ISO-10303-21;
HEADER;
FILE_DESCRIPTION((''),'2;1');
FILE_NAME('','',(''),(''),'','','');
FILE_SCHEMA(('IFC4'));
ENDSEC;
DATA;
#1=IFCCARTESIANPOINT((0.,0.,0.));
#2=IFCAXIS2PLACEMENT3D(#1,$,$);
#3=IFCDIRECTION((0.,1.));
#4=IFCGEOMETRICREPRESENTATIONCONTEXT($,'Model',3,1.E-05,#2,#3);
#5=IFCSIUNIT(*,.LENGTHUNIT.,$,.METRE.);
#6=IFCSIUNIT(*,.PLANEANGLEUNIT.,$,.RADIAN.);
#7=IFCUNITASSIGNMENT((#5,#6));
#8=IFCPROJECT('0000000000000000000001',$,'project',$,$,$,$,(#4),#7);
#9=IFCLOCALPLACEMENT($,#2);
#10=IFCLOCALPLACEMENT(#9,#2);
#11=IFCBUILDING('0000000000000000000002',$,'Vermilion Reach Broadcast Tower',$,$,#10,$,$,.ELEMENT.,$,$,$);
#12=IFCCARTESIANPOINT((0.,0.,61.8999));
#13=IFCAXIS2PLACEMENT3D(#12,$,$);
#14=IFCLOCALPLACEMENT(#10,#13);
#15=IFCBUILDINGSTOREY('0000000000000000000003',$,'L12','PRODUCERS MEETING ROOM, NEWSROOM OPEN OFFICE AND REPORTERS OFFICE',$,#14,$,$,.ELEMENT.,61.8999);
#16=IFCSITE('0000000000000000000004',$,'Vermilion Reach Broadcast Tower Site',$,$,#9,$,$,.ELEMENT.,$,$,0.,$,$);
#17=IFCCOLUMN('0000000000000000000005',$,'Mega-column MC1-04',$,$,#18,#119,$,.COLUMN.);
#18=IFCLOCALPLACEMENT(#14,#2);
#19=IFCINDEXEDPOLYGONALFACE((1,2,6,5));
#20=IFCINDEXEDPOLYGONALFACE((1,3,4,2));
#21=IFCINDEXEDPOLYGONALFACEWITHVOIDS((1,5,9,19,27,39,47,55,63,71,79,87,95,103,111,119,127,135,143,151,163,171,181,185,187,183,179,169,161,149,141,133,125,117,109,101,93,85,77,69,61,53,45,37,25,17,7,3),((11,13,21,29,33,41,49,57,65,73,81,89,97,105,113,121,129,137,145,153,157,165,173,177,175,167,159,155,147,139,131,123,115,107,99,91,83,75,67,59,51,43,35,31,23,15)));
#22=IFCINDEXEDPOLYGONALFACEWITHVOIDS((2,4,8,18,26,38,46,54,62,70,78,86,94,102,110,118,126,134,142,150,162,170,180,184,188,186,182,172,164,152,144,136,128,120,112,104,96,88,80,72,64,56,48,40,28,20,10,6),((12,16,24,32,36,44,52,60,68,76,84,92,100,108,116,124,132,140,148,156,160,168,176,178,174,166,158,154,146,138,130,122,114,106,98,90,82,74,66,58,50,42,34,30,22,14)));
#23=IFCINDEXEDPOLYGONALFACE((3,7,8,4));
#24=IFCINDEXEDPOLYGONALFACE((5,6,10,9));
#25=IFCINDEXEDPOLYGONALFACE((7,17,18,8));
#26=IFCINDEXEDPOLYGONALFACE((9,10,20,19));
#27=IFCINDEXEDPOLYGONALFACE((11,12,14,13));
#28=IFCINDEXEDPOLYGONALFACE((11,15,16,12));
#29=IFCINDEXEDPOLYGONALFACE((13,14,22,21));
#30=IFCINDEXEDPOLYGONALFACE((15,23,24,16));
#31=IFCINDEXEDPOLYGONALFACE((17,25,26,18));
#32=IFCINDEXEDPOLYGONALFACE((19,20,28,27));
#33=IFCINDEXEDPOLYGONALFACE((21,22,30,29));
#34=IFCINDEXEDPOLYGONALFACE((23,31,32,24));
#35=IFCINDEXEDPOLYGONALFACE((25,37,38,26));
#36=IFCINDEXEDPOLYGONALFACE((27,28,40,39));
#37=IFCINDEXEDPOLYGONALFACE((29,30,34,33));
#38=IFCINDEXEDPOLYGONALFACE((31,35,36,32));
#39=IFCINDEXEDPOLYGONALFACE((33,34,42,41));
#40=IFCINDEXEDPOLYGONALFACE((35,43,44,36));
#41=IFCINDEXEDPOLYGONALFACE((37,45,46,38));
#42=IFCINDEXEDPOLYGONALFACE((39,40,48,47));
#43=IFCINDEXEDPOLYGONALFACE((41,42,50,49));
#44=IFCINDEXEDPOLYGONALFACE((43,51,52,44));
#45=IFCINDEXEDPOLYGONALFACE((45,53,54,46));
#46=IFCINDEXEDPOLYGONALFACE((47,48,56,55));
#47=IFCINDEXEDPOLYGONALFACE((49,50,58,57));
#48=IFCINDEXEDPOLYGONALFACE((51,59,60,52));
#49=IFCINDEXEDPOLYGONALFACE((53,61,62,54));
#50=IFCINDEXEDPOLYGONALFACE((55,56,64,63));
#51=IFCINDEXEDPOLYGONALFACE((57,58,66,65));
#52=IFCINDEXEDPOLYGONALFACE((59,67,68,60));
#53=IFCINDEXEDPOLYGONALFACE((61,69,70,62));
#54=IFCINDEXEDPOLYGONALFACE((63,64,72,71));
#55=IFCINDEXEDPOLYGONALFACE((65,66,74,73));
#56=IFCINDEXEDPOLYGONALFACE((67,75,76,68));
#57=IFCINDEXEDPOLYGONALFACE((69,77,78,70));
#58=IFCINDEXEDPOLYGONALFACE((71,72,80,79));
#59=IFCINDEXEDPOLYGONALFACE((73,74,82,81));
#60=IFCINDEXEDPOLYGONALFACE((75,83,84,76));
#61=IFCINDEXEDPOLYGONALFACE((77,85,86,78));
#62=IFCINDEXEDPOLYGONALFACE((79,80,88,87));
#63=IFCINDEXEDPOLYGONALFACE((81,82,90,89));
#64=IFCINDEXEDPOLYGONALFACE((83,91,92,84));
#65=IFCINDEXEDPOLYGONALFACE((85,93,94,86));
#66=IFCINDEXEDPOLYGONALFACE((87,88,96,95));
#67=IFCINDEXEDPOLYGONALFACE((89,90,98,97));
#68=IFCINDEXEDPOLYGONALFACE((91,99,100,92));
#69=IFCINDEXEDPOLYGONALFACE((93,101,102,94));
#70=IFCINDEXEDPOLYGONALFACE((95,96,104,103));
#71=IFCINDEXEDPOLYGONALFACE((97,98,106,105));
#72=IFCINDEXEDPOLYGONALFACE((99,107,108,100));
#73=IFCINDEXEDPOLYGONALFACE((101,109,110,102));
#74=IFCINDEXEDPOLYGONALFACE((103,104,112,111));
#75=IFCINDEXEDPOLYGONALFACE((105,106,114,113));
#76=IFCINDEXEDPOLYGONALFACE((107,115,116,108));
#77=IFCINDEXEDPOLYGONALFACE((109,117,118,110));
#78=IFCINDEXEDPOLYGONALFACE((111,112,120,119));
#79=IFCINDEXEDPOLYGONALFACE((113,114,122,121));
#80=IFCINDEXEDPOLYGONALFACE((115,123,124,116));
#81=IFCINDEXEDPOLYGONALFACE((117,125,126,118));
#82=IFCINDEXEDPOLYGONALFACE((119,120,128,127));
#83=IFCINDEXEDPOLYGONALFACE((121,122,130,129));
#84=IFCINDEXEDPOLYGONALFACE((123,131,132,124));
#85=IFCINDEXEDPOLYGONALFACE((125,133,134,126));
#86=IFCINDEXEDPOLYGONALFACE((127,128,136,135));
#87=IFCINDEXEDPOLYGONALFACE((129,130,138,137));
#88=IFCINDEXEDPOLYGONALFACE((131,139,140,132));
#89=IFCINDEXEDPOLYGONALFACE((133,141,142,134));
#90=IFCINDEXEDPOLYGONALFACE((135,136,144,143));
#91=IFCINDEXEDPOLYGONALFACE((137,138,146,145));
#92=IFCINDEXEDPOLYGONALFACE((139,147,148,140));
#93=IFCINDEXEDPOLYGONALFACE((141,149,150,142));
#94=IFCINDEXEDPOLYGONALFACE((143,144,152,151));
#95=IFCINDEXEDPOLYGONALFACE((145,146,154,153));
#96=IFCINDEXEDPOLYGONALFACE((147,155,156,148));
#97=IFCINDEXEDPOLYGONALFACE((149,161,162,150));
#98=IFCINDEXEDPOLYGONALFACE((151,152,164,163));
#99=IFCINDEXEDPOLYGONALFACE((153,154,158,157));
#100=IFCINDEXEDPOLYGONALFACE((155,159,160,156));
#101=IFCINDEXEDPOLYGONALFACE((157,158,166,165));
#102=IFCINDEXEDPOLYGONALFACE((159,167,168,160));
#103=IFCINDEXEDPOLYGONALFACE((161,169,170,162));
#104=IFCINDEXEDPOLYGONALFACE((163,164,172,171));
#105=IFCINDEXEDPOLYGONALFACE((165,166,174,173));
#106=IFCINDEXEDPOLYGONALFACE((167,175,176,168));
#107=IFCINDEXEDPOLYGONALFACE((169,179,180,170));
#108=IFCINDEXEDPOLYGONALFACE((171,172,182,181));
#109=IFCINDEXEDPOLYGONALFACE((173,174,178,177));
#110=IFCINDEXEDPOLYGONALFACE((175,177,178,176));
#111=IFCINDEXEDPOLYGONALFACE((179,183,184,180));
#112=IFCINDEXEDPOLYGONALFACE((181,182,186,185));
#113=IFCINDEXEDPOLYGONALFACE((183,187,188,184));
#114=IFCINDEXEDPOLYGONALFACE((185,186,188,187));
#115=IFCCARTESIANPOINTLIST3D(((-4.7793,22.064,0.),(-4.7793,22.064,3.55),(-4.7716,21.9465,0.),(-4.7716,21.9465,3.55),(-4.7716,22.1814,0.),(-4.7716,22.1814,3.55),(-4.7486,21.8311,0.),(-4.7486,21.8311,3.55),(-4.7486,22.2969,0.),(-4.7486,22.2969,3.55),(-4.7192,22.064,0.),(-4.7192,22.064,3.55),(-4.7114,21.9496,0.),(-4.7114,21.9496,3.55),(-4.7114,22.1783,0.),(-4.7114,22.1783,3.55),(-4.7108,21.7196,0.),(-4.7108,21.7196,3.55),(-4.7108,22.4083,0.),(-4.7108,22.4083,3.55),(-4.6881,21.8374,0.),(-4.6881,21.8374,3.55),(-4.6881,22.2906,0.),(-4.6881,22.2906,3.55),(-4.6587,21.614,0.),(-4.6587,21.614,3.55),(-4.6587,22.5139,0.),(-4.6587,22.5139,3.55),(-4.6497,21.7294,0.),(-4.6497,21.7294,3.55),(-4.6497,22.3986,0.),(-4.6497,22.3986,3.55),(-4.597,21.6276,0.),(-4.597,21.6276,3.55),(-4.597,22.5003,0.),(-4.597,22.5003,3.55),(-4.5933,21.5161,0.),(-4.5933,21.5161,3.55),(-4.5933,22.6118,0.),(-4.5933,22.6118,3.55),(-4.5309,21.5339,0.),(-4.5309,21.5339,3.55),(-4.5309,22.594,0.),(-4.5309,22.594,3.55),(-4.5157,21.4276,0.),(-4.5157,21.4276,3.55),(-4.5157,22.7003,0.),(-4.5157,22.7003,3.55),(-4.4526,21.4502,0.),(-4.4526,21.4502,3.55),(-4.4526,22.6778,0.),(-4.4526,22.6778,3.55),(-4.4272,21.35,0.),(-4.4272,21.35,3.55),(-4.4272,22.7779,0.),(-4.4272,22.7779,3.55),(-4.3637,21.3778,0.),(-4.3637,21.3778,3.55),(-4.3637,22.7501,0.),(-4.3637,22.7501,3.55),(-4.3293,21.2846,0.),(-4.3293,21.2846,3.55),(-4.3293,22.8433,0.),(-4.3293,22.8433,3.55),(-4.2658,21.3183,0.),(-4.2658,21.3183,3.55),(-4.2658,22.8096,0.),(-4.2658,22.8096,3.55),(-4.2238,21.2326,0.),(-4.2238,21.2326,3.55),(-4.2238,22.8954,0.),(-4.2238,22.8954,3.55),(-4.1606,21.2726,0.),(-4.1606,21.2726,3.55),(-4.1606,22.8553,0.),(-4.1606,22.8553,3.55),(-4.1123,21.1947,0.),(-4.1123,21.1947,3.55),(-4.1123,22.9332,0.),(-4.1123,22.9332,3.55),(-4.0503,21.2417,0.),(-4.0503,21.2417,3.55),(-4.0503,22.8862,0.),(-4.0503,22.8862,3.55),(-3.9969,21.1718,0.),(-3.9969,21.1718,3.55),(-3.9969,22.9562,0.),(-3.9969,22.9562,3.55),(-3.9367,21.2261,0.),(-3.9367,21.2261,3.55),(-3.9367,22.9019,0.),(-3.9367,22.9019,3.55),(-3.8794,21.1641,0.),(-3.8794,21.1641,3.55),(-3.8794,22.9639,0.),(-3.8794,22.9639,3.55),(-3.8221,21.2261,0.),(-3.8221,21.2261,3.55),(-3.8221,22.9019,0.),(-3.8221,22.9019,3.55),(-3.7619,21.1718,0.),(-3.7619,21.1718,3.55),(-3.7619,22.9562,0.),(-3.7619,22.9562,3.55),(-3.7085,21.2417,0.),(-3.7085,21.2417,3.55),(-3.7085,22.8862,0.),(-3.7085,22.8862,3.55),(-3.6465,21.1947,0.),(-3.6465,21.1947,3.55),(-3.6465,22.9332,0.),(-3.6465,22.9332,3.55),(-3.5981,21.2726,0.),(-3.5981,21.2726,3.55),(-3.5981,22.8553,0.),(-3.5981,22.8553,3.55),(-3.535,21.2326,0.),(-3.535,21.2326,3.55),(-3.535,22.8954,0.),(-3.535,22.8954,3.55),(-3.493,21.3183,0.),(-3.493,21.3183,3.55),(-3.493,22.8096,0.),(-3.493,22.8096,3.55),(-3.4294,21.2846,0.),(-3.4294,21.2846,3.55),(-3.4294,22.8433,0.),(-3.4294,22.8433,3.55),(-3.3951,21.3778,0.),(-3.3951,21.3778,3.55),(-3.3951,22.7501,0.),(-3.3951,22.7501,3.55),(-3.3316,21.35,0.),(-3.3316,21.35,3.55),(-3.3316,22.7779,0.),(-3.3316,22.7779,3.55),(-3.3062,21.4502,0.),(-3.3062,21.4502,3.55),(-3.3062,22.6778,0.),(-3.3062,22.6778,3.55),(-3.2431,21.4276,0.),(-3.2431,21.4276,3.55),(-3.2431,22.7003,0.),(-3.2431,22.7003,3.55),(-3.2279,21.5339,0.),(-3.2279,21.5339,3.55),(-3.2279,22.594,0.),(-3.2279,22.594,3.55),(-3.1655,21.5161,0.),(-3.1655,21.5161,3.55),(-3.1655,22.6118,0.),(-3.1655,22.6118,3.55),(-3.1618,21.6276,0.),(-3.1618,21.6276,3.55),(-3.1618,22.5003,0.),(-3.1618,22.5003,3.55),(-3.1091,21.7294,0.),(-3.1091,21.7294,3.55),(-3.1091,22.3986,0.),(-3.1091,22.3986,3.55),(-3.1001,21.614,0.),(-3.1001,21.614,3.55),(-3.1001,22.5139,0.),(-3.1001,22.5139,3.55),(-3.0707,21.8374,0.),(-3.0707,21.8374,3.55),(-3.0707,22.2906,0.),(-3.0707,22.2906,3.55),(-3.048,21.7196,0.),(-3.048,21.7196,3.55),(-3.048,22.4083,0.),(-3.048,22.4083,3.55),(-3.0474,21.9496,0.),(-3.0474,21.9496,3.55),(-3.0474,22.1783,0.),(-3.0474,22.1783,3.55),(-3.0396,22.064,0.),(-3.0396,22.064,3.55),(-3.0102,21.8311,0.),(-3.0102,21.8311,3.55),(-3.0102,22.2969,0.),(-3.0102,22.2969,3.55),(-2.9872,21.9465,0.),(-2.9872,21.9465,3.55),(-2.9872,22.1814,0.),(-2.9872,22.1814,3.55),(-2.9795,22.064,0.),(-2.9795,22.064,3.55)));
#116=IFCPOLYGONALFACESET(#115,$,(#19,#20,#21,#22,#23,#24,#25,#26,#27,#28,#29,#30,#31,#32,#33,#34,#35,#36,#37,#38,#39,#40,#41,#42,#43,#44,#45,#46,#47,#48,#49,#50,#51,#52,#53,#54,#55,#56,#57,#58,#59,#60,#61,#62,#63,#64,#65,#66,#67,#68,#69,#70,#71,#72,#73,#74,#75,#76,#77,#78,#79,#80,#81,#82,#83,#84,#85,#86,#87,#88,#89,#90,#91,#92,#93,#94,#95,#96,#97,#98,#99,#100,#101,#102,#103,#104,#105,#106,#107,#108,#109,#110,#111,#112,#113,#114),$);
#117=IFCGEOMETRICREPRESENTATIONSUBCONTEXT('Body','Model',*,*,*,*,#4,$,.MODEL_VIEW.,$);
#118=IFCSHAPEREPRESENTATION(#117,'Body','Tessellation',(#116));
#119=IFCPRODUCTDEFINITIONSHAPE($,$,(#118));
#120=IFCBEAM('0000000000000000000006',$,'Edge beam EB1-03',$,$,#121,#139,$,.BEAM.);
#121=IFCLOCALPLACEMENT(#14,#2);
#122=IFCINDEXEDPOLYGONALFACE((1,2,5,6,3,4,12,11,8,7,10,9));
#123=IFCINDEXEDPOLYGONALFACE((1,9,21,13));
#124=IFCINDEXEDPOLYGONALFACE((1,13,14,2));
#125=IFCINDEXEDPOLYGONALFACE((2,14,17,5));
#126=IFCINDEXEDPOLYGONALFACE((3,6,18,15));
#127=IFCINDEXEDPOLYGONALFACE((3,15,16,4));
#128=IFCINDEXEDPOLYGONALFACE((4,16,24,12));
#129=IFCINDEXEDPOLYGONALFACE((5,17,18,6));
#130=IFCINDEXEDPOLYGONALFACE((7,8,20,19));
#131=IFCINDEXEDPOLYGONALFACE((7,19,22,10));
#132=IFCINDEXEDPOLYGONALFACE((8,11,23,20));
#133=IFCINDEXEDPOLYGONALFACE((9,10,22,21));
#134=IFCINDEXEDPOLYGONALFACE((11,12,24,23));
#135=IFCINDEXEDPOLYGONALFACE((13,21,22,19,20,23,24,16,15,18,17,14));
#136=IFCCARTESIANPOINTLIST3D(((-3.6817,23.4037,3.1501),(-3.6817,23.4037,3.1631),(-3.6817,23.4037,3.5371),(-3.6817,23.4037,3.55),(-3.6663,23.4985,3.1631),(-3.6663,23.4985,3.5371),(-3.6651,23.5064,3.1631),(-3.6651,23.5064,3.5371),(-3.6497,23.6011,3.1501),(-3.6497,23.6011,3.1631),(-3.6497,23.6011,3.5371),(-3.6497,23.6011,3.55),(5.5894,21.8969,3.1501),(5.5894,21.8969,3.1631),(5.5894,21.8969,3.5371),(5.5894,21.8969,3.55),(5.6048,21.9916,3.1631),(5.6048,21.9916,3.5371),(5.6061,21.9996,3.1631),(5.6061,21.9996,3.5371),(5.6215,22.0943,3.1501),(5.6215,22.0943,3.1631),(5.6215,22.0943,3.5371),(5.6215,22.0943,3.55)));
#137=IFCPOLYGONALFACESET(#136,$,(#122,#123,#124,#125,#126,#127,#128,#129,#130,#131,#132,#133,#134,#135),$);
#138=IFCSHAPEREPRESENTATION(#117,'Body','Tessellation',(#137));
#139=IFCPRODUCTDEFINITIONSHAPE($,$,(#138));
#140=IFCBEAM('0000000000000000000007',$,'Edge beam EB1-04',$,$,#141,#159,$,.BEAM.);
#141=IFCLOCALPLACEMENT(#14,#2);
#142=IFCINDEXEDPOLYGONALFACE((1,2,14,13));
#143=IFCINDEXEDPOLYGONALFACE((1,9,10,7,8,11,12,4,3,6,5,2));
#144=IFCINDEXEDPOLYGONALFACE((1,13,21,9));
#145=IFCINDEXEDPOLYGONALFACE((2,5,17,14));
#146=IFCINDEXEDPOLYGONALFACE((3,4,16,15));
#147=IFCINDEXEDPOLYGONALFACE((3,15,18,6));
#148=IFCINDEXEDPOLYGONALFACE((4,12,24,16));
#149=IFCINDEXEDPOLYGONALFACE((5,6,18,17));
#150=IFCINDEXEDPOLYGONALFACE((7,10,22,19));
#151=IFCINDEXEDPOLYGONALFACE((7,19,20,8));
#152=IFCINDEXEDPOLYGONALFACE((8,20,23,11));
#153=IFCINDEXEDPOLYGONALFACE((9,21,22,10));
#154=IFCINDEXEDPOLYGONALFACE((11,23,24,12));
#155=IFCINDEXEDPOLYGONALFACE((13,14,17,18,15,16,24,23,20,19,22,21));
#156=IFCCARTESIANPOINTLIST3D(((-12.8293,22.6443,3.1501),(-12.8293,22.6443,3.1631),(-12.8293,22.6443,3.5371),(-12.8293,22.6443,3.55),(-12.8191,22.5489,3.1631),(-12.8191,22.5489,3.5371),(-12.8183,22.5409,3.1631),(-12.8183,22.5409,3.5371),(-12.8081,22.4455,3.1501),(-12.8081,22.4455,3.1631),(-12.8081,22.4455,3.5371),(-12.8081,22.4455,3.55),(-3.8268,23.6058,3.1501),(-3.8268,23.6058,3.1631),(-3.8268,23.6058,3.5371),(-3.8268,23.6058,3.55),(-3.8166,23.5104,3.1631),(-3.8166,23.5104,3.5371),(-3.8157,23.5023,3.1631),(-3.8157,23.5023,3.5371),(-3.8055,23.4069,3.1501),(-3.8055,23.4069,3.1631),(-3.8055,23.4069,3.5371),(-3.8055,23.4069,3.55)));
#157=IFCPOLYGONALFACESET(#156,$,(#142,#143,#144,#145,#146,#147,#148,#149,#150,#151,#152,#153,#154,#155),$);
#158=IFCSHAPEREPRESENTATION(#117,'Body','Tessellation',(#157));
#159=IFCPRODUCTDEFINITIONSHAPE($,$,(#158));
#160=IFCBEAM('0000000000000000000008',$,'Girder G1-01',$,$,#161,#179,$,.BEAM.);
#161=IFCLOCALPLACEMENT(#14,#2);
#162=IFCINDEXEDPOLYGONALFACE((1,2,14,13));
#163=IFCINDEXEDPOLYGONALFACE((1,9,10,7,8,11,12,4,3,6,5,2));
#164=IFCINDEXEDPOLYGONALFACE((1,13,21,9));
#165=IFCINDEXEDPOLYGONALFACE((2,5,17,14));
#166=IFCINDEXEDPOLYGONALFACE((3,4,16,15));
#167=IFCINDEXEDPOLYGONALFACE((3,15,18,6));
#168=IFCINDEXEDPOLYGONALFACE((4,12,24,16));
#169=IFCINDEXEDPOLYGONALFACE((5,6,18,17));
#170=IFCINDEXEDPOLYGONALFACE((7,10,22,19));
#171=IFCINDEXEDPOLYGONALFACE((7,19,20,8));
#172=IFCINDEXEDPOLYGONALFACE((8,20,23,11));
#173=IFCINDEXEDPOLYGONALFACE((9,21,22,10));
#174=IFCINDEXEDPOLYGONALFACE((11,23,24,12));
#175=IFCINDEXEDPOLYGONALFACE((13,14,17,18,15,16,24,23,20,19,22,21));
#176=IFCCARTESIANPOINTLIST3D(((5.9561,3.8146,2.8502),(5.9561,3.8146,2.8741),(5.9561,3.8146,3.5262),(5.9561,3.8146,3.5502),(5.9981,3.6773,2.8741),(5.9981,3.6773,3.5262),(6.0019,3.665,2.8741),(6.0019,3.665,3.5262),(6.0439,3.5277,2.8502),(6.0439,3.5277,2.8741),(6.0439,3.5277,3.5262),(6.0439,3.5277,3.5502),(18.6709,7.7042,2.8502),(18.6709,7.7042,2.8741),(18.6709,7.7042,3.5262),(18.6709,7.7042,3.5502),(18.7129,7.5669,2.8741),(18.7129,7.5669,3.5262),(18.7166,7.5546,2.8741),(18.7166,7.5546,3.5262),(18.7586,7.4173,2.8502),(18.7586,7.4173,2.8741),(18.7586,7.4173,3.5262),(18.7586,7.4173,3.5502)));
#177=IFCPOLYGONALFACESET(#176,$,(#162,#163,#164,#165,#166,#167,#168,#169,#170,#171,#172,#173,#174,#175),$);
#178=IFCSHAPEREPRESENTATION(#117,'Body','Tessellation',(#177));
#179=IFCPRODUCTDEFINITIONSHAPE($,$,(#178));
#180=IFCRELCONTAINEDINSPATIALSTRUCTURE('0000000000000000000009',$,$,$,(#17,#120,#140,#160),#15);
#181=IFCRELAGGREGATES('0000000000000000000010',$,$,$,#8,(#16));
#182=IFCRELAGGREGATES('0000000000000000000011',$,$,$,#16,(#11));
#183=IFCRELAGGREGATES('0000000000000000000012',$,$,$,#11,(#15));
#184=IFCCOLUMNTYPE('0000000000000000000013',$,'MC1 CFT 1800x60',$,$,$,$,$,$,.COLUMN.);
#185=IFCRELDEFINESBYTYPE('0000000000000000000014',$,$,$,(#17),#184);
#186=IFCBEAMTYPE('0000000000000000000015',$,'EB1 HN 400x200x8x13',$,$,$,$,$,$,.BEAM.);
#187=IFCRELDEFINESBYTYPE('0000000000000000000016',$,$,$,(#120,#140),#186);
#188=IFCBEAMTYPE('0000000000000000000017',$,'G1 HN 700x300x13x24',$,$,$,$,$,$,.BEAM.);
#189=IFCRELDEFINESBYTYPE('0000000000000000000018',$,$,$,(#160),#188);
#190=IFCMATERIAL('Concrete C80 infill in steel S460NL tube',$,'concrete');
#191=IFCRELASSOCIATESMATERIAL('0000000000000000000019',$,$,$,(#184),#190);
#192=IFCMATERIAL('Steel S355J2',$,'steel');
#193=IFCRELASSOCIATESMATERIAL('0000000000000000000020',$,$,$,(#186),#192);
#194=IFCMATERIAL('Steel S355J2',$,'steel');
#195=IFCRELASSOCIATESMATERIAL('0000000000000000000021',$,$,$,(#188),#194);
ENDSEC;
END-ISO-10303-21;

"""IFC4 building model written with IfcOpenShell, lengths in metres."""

from ifc_helpers import new_model, si_unit, direction, frame, origin, origin_2d, place, context, subcontext, project, spatial, hollow_circle, i_section, extrude, material, material_profile, profile_set, type_object, element, save


model = new_model("IFC4")

# Units and contexts
model_context = context("Model", 3, precision=1e-05, world=origin(), true_north=direction((0.0, 1.0)))
body_context = subcontext(model_context, "Body", "Model", "MODEL_VIEW")
ifc_project = project(units=[si_unit("LENGTHUNIT", "METRE"), si_unit("PLANEANGLEUNIT", "RADIAN")], contexts=[model_context])

# Site, building, storey
site_placement = place(None, origin())
site = spatial("IfcSite", under=ifc_project, at=site_placement, Name="Vermilion Reach Broadcast Tower Site", CompositionType="ELEMENT", RefElevation=0.0)
building_placement = place(site_placement, origin())
building = spatial("IfcBuilding", under=site, at=building_placement, Name="Vermilion Reach Broadcast Tower", CompositionType="ELEMENT")
storey_placement = place(building_placement, frame((0.0, 0.0, 61.8999)))
storey = spatial("IfcBuildingStorey", under=building, at=storey_placement, Name="L12", Description="PRODUCERS MEETING ROOM, NEWSROOM OPEN OFFICE AND REPORTERS OFFICE", CompositionType="ELEMENT", Elevation=61.8999)

# Column
ifc_material_1 = material(Name="Concrete C80 infill in steel S460NL tube", Category="concrete")
ifc_material_profile_1 = material_profile(ifc_material_1, hollow_circle(Radius=0.8999, WallThickness=0.0601, at=origin_2d()), Name="Concrete C80 infill in steel S460NL tube CFT 1800x60")
ifc_profile_set_1 = profile_set([ifc_material_profile_1], Name="Concrete C80 infill in steel S460NL tube")
column_type = type_object("IfcColumnType", Name="MC1 CFT 1800x60", PredefinedType="COLUMN", material=ifc_profile_set_1)
for number, where, z_axis, x_axis, name in (
    (1, (-3.8794, 22.064, 0.0), (0.0, 0.0, 1.0), (1.0, 0.0, 0.0), "Mega-column MC1-04"),
):
    element("IfcColumn", number, at=place(storey_placement, frame(where, z_axis=z_axis, x_axis=x_axis)), inside=storey, type_object=column_type, Name=name, PredefinedType="COLUMN", context=body_context, shape_type="SweptSolid", body=[
        extrude(hollow_circle(Radius=0.8999, WallThickness=0.0601, at=origin_2d()), origin(), (0.0, 0.0, 1.0), 3.55),
    ])

# Beams
ifc_material_2 = material(Name="Steel S355J2", Category="steel")
ifc_material_profile_2 = material_profile(ifc_material_2, i_section(OverallWidth=0.2, OverallDepth=0.3999, WebThickness=0.0081, FlangeThickness=0.0129, at=origin_2d()), Name="S355J2 HN 400x200x8x13")
ifc_profile_set_2 = profile_set([ifc_material_profile_2], Name="Steel S355J2")
beam_type_1 = type_object("IfcBeamType", Name="EB1 HN 400x200x8x13", PredefinedType="BEAM", material=ifc_profile_set_2)
beam_1_placement = place(storey_placement, frame((5.6055, 21.9956, 3.3501), z_axis=(-0.987048, 0.160423, 0.0), x_axis=(-0.160423, -0.987048, 0.0)))
element("IfcBeam", 2, at=beam_1_placement, inside=storey, type_object=beam_type_1, Name="Edge beam EB1-03", PredefinedType="BEAM", context=body_context, shape_type="SweptSolid", body=[
    extrude(i_section(OverallWidth=0.2, OverallDepth=0.3999, WebThickness=0.0081, FlangeThickness=0.0129, at=origin_2d()), origin(), (0.0, 0.0, 1.0), 9.3928),
])
beam_2_placement = place(storey_placement, frame((-3.8162, 23.5063, 3.3501), z_axis=(-0.994346, -0.106192, 0.0), x_axis=(0.106192, -0.994346, 0.0)))
element("IfcBeam", 3, at=beam_2_placement, inside=storey, type_object=beam_type_1, Name="Edge beam EB1-04", PredefinedType="BEAM", context=body_context, shape_type="SweptSolid", body=[
    extrude(i_section(OverallWidth=0.2, OverallDepth=0.3999, WebThickness=0.0081, FlangeThickness=0.0129, at=origin_2d()), origin(), (0.0, 0.0, 1.0), 9.0537),
])
ifc_material_3 = material(Name="Steel S355J2", Category="steel")
ifc_material_profile_3 = material_profile(ifc_material_3, i_section(OverallWidth=0.3, OverallDepth=0.7, WebThickness=0.0129, FlangeThickness=0.0239, at=origin_2d()), Name="S355J2 HN 700x300x13x24")
ifc_profile_set_3 = profile_set([ifc_material_profile_3], Name="Steel S355J2")
beam_type_2 = type_object("IfcBeamType", Name="G1 HN 700x300x13x24", PredefinedType="BEAM", material=ifc_profile_set_3)
beam_3_placement = place(storey_placement, frame((6.0, 3.6711, 3.2002), z_axis=(0.956256, 0.292532, 0.0), x_axis=(-0.292532, 0.956256, 0.0)))
element("IfcBeam", 4, at=beam_3_placement, inside=storey, type_object=beam_type_2, Name="Girder G1-01", PredefinedType="BEAM", context=body_context, shape_type="SweptSolid", body=[
    extrude(i_section(OverallWidth=0.3, OverallDepth=0.7, WebThickness=0.0129, FlangeThickness=0.0239, at=origin_2d()), origin(), (0.0, 0.0, 1.0), 13.2964),
])

save(model, "model.ifc")
